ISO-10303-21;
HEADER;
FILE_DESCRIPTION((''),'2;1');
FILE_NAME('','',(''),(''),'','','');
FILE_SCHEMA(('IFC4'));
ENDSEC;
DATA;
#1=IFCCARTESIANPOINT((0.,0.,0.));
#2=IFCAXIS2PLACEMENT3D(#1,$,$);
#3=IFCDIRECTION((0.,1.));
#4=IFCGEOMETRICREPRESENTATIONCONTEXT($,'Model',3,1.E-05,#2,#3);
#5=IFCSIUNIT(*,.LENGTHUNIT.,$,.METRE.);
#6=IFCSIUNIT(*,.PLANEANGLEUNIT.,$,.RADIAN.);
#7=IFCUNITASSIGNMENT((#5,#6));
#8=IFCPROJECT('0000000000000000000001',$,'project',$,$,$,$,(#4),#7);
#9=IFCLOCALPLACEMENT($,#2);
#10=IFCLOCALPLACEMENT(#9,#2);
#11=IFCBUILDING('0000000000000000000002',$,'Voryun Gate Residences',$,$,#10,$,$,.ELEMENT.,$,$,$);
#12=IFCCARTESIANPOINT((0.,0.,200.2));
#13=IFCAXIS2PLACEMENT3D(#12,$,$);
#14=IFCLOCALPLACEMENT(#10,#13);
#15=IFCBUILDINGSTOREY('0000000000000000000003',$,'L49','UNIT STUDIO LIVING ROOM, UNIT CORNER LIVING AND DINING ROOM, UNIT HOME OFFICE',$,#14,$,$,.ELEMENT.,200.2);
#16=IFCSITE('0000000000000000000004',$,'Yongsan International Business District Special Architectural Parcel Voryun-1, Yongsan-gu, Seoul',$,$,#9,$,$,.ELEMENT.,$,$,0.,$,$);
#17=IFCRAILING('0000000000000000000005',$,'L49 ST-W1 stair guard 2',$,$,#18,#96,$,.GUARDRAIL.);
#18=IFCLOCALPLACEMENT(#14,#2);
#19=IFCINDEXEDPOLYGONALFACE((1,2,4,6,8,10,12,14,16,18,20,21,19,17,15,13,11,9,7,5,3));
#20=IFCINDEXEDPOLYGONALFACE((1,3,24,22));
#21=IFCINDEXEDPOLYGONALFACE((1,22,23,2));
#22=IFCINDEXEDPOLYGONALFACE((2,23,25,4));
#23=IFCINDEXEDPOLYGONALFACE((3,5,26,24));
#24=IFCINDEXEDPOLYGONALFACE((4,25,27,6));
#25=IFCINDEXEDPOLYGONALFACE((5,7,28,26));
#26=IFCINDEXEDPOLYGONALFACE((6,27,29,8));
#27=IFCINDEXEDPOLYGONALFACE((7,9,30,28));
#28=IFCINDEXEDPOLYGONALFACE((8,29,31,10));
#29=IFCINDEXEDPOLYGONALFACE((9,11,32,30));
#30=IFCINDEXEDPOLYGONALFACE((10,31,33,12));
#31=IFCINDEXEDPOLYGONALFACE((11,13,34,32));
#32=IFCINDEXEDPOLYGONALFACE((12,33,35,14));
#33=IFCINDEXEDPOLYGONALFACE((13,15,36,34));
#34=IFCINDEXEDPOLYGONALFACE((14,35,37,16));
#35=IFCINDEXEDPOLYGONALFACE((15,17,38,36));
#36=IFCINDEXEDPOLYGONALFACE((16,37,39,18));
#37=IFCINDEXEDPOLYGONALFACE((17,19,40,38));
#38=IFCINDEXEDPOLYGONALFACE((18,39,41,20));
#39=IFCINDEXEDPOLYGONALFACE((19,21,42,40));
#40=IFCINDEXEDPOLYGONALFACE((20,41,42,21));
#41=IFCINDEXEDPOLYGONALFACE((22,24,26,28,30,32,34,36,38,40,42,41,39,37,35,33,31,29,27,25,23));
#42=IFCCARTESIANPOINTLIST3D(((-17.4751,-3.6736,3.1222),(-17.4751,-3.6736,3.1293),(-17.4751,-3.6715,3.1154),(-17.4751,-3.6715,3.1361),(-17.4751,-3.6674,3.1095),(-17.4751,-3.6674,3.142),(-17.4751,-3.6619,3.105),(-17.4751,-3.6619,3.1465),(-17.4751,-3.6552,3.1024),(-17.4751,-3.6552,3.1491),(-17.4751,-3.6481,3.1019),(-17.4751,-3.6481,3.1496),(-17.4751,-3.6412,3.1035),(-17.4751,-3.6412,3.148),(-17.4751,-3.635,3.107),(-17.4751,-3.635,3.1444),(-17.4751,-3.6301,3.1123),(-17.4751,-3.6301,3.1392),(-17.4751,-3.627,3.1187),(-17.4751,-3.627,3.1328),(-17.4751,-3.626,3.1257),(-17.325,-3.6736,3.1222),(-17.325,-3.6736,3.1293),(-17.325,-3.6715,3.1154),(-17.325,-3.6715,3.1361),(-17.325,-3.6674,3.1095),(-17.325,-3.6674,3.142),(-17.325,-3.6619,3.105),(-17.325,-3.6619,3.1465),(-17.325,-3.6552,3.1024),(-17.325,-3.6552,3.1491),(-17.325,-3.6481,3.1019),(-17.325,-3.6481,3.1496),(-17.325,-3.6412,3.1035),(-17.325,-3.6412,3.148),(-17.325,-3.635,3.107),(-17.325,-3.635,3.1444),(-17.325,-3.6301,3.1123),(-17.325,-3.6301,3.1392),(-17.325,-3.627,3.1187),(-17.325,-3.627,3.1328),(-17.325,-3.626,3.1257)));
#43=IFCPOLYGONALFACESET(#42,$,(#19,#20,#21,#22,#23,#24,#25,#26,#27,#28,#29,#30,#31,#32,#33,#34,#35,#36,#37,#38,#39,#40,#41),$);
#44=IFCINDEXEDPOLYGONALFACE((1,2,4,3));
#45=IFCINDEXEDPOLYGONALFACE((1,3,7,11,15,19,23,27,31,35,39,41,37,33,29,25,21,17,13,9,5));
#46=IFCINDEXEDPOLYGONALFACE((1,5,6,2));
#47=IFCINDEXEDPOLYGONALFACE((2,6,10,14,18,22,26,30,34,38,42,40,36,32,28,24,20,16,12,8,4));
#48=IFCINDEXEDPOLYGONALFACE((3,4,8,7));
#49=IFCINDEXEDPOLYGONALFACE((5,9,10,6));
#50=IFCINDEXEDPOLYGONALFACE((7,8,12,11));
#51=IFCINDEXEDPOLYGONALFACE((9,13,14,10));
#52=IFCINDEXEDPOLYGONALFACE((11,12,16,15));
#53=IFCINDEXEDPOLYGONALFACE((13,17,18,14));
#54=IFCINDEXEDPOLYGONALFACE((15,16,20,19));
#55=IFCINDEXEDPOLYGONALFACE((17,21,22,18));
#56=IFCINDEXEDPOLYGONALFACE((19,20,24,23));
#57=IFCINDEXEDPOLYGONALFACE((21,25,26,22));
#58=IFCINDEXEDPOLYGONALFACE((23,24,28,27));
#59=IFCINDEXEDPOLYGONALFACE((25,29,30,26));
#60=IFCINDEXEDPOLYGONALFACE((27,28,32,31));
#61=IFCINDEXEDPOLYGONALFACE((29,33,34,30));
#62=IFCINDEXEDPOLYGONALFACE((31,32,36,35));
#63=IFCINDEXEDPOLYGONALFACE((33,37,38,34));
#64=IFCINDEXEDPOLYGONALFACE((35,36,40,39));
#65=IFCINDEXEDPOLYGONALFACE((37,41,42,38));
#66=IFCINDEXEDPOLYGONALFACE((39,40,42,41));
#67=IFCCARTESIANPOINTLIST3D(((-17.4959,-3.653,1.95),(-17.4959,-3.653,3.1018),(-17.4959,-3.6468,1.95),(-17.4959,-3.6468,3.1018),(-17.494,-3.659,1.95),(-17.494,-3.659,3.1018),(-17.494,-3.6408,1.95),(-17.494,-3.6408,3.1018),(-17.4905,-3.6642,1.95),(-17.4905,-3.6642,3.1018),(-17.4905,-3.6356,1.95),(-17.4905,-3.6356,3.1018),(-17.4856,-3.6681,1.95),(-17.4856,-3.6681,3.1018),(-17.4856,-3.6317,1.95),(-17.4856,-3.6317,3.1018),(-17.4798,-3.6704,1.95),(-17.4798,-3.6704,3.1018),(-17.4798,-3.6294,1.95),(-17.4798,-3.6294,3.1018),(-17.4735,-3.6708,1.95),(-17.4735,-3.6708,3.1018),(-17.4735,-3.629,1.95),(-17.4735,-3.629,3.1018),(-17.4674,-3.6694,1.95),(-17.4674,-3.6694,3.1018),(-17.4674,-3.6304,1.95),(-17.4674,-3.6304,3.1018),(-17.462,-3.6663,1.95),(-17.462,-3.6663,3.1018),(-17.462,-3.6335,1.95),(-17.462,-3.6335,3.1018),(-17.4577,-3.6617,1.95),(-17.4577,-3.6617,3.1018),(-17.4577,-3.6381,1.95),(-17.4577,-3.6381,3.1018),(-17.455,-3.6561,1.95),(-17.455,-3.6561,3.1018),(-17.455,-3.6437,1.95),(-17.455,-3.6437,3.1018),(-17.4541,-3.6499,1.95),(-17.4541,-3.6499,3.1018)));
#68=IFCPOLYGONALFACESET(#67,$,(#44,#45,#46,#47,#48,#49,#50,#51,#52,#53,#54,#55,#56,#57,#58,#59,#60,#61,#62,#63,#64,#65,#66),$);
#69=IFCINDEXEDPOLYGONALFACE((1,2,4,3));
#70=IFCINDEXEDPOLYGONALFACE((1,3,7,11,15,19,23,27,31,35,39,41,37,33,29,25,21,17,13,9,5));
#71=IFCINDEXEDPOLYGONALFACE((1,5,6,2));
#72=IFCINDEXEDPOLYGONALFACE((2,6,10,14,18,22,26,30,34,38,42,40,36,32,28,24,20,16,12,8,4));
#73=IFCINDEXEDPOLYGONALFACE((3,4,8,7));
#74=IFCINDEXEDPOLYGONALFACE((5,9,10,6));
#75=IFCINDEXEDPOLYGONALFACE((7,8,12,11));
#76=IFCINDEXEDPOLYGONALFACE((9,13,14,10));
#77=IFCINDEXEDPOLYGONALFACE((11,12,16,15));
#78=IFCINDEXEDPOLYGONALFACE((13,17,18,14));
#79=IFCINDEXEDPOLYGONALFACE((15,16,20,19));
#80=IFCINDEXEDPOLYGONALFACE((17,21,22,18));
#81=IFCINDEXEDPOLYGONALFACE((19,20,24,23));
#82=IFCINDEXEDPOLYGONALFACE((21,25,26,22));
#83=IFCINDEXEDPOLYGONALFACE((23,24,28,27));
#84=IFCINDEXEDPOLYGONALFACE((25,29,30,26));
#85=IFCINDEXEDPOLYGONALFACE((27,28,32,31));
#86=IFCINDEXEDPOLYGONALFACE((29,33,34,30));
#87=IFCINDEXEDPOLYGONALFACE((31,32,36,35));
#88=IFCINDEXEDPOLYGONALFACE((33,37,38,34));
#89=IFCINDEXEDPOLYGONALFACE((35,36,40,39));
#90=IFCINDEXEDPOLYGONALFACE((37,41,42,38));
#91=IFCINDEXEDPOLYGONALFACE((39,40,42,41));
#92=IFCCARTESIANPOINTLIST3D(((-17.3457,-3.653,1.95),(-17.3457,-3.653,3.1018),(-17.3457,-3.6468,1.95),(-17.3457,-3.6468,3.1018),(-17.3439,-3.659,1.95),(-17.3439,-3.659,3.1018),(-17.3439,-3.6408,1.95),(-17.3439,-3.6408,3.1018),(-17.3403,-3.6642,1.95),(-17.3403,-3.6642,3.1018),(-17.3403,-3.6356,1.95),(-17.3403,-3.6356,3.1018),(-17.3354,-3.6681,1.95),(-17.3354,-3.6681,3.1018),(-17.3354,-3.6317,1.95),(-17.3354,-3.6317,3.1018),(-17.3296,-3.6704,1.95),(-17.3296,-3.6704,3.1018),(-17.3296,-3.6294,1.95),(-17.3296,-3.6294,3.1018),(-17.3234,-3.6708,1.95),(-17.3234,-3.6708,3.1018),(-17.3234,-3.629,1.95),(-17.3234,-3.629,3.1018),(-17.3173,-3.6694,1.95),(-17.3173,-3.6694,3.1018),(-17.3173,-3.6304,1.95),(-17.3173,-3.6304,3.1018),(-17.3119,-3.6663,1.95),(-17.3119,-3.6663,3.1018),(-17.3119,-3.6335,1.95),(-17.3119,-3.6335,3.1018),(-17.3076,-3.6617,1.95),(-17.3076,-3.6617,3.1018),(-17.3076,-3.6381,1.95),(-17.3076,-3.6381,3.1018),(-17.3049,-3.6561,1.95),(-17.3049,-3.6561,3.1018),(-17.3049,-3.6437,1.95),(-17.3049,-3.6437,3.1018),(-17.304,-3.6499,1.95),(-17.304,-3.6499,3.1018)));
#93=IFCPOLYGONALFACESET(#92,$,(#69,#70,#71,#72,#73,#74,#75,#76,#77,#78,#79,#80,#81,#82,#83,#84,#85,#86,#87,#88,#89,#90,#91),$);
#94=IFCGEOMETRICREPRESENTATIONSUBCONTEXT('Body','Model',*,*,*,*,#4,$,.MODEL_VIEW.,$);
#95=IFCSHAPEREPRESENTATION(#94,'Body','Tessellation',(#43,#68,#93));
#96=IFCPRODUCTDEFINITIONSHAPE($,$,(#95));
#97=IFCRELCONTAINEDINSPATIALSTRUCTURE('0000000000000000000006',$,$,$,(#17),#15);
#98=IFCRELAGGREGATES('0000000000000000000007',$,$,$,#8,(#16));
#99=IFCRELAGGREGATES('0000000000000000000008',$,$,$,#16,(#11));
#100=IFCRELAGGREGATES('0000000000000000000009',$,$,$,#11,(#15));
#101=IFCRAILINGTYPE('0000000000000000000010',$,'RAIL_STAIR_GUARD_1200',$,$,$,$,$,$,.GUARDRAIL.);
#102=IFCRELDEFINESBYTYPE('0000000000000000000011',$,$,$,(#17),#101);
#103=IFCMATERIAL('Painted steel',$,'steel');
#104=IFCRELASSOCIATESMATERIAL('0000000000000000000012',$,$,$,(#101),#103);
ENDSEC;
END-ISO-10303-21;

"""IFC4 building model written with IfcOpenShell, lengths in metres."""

from ifc_helpers import new_model, si_unit, direction, frame, origin, origin_2d, place, context, subcontext, project, spatial, circle, extrude, material, type_object, element, save


model = new_model("IFC4")

# Units and contexts
model_context = context("Model", 3, precision=1e-05, world=origin(), true_north=direction((0.0, 1.0)))
body_context = subcontext(model_context, "Body", "Model", "MODEL_VIEW")
ifc_project = project(units=[si_unit("LENGTHUNIT", "METRE"), si_unit("PLANEANGLEUNIT", "RADIAN")], contexts=[model_context])

# Site, building, storey
site_placement = place(None, origin())
site = spatial("IfcSite", under=ifc_project, at=site_placement, Name="Yongsan International Business District Special Architectural Parcel Voryun-1, Yongsan-gu, Seoul", CompositionType="ELEMENT", RefElevation=0.0)
building_placement = place(site_placement, origin())
building = spatial("IfcBuilding", under=site, at=building_placement, Name="Voryun Gate Residences", CompositionType="ELEMENT")
storey_placement = place(building_placement, frame((0.0, 0.0, 200.2)))
storey = spatial("IfcBuildingStorey", under=building, at=storey_placement, Name="L49", Description="UNIT STUDIO LIVING ROOM, UNIT CORNER LIVING AND DINING ROOM, UNIT HOME OFFICE", CompositionType="ELEMENT", Elevation=200.2)

# Railing
ifc_material_1 = material(Name="Painted steel", Category="steel")
railing_type = type_object("IfcRailingType", Name="RAIL_STAIR_GUARD_1200", PredefinedType="GUARDRAIL", material=ifc_material_1)
railing_1_placement = place(storey_placement, frame((-17.4751, -3.6499, 1.95)))
element("IfcRailing", 1, at=railing_1_placement, inside=storey, type_object=railing_type, Name="L49 ST-W1 stair guard 2", PredefinedType="GUARDRAIL", context=body_context, shape_type="SweptSolid", body=[
    extrude(circle(Radius=0.0239, at=origin_2d()), frame((0.0, 0.0, 1.1758), z_axis=(1.0, 0.0, 0.0), x_axis=(0.0, 1.0, 0.0)), (0.0, 0.0, 1.0), 0.1501),
    extrude(circle(Radius=0.021, at=origin_2d()), origin(), (0.0, 0.0, 1.0), 1.1519),
    extrude(circle(Radius=0.021, at=origin_2d()), frame((0.1501, 0.0, 0.0)), (0.0, 0.0, 1.0), 1.1519),
])

save(model, "model.ifc")
